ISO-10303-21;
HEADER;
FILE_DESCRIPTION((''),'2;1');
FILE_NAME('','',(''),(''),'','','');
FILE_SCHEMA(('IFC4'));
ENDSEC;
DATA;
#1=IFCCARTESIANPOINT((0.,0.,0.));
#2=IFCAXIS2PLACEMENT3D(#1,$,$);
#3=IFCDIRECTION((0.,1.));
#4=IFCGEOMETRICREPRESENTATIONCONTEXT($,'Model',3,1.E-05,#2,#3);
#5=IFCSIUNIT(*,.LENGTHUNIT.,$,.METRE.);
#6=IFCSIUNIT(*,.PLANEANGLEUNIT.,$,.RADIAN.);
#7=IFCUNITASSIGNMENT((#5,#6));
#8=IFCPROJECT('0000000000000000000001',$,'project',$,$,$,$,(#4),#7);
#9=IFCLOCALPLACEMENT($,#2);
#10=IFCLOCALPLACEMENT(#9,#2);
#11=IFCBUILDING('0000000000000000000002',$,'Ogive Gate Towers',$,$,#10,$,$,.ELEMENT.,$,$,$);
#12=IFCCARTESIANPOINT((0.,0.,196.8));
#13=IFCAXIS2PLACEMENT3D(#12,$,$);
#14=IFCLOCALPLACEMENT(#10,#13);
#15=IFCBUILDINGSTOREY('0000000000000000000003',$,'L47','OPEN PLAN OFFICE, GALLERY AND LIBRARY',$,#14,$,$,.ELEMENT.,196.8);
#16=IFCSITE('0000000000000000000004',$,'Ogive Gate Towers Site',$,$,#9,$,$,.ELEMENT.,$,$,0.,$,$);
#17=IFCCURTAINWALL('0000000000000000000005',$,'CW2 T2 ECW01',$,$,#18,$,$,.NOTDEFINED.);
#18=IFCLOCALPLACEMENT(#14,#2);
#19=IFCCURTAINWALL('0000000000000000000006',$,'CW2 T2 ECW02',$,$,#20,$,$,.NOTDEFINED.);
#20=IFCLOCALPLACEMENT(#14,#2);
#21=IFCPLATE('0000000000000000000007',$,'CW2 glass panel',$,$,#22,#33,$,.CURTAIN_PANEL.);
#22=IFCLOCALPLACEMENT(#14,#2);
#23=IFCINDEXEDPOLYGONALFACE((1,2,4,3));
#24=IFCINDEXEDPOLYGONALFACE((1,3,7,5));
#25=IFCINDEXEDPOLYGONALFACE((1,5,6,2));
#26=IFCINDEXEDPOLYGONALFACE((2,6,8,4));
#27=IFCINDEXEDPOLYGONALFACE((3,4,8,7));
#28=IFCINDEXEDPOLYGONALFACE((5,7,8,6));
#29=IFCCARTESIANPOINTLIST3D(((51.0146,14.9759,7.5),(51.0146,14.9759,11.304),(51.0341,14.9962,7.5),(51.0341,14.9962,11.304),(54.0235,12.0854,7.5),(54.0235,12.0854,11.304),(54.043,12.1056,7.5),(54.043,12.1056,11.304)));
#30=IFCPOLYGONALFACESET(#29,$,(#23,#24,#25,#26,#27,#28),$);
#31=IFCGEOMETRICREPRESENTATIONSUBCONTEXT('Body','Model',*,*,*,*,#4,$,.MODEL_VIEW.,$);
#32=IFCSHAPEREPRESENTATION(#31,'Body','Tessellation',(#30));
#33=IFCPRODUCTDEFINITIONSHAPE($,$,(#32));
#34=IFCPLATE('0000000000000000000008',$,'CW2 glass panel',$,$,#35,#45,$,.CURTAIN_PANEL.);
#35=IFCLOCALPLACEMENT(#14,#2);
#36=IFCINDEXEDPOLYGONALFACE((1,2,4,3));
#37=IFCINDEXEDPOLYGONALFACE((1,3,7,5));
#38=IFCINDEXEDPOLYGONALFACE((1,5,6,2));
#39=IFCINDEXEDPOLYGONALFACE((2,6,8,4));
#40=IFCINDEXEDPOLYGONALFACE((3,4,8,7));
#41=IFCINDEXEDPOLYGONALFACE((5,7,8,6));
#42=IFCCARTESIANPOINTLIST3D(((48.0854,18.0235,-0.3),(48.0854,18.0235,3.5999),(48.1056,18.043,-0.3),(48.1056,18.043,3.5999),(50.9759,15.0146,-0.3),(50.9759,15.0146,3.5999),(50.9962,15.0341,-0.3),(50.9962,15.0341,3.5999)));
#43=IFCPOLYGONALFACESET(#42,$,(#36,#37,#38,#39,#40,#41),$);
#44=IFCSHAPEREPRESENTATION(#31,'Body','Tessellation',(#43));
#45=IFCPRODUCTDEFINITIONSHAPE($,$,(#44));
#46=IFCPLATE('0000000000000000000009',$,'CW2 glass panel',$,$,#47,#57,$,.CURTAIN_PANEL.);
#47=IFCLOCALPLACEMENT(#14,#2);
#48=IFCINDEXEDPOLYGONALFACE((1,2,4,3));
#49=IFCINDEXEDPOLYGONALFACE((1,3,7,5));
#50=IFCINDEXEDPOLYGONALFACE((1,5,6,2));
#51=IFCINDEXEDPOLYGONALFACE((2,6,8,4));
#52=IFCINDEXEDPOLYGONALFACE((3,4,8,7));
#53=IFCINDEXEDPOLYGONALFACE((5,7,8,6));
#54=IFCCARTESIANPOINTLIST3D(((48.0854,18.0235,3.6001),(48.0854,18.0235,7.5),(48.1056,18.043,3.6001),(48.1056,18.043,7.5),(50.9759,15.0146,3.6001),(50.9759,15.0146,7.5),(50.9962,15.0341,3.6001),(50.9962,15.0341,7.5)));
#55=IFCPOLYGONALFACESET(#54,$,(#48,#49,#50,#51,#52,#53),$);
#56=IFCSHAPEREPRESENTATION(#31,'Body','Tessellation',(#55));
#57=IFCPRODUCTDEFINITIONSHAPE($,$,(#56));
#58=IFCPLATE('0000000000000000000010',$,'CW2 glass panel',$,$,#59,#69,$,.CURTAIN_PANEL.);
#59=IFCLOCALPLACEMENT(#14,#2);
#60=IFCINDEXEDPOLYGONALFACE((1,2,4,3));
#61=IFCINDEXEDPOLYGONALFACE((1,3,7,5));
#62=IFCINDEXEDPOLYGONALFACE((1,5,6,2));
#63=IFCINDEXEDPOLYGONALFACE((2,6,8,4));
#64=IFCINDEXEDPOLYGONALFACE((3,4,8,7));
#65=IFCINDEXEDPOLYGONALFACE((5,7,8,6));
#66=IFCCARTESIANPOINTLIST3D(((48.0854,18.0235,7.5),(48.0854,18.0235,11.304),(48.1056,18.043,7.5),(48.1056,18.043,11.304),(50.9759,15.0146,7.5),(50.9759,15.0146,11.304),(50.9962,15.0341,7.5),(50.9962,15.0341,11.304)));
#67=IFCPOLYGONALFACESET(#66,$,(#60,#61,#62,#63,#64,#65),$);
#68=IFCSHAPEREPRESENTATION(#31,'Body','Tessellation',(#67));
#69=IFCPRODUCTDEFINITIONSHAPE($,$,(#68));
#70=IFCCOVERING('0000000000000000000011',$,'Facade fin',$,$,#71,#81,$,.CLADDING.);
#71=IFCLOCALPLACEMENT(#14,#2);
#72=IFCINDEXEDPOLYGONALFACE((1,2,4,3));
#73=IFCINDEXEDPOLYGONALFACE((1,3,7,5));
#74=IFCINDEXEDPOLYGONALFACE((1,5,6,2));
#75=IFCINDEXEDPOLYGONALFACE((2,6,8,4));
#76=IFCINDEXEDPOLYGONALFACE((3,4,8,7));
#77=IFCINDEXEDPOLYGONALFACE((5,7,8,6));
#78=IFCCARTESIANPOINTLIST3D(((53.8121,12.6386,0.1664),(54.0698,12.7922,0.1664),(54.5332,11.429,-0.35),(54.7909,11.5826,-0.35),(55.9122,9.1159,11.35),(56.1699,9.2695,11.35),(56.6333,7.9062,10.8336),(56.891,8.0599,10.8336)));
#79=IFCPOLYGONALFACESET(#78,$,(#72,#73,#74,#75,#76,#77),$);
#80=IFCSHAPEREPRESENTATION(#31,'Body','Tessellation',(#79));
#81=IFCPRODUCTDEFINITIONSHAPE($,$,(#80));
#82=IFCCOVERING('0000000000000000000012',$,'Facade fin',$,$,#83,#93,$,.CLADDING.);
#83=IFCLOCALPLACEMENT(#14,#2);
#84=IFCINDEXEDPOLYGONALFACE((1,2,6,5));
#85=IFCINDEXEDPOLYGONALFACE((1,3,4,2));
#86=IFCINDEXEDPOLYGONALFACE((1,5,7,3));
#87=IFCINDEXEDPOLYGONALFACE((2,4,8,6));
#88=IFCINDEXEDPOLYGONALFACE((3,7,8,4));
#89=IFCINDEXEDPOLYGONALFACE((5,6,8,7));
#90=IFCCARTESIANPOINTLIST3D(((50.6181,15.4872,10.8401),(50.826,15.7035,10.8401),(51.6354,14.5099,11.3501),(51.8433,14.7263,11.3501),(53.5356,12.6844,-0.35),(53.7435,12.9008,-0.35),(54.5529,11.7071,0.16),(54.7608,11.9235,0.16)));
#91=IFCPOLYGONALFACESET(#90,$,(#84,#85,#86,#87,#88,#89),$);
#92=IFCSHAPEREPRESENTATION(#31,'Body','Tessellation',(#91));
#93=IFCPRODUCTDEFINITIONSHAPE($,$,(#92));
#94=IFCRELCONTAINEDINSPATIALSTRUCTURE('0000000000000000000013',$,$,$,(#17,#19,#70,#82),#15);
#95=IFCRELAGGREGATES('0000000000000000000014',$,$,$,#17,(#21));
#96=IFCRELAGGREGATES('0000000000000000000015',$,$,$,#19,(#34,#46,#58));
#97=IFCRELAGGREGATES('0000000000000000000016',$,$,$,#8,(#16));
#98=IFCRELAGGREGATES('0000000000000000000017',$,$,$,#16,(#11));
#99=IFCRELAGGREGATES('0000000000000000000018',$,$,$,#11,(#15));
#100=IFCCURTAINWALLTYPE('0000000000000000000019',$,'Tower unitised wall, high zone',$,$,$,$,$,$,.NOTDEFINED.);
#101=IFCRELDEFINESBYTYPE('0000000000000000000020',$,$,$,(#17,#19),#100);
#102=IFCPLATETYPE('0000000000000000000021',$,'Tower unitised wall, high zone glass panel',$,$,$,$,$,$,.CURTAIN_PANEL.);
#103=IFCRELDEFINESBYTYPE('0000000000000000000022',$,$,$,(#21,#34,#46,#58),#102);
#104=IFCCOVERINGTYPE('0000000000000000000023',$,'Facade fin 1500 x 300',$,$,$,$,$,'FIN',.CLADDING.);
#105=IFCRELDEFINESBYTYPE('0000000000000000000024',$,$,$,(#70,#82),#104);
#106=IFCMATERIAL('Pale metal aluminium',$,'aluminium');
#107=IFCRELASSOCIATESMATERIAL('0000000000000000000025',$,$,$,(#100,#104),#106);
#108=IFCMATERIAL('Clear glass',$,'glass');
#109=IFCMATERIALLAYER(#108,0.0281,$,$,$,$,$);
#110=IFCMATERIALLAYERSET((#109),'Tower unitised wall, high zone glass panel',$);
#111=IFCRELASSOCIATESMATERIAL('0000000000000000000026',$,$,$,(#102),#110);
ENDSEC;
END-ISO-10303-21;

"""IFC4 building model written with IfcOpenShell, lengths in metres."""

from ifc_helpers import new_model, si_unit, direction, frame, origin, origin_2d, place, context, subcontext, project, spatial, rectangle, extrude, material, layer, layer_set, material_profile, profile_set, type_object, element, aggregate, save


model = new_model("IFC4")

# Units and contexts
model_context = context("Model", 3, precision=1e-05, world=origin(), true_north=direction((0.0, 1.0)))
body_context = subcontext(model_context, "Body", "Model", "MODEL_VIEW")
ifc_project = project(units=[si_unit("LENGTHUNIT", "METRE"), si_unit("PLANEANGLEUNIT", "RADIAN")], contexts=[model_context])

# Site, building, storey
site_placement = place(None, origin())
site = spatial("IfcSite", under=ifc_project, at=site_placement, Name="Ogive Gate Towers Site", CompositionType="ELEMENT", RefElevation=0.0)
building_placement = place(site_placement, origin())
building = spatial("IfcBuilding", under=site, at=building_placement, Name="Ogive Gate Towers", CompositionType="ELEMENT")
storey_placement = place(building_placement, frame((0.0, 0.0, 196.8)))
storey = spatial("IfcBuildingStorey", under=building, at=storey_placement, Name="L47", Description="OPEN PLAN OFFICE, GALLERY AND LIBRARY", CompositionType="ELEMENT", Elevation=196.8)

# Curtain wall
ifc_material_1 = material(Name="Pale metal aluminium", Category="aluminium")
curtain_wall_type = type_object("IfcCurtainWallType", Name="Tower unitised wall, high zone", PredefinedType="NOTDEFINED", material=ifc_material_1)
curtain_wall_1_placement = place(storey_placement, origin())
curtain_wall_1 = element("IfcCurtainWall", 1, at=curtain_wall_1_placement, inside=storey, type_object=curtain_wall_type, Name="CW2 T2 ECW01", PredefinedType="NOTDEFINED")

# Curtain wall
curtain_wall_2_placement = place(storey_placement, origin())
curtain_wall_2 = element("IfcCurtainWall", 2, at=curtain_wall_2_placement, inside=storey, type_object=curtain_wall_type, Name="CW2 T2 ECW02", PredefinedType="NOTDEFINED")

# Plates
ifc_material_2 = material(Name="Clear glass", Category="glass")
ifc_layer = layer(ifc_material_2, 0.0281)
ifc_layer_set = layer_set([ifc_layer], Name="Tower unitised wall, high zone glass panel")
plate_type = type_object("IfcPlateType", Name="Tower unitised wall, high zone glass panel", PredefinedType="CURTAIN_PANEL", material=ifc_layer_set)
plate_1_placement = place(storey_placement, frame((52.5288, 13.5408, 7.5), z_axis=(0.0, 0.0, 1.0), x_axis=(-0.721144, 0.692785, 0.0)))
plate_1 = element("IfcPlate", 3, at=plate_1_placement, type_object=plate_type, Name="CW2 glass panel", PredefinedType="CURTAIN_PANEL", context=body_context, shape_type="SweptSolid", body=[
    extrude(rectangle(XDim=4.1724, YDim=0.0281, at=origin_2d()), origin(), (0.0, 0.0, 1.0), 3.804),
])
aggregate(curtain_wall_1, [plate_1])
plate_2_placement = place(storey_placement, frame((49.5408, 16.5288, -0.3), z_axis=(0.0, 0.0, 1.0), x_axis=(-0.692785, 0.721144, 0.0)))
plate_2 = element("IfcPlate", 4, at=plate_2_placement, type_object=plate_type, Name="CW2 glass panel", PredefinedType="CURTAIN_PANEL", context=body_context, shape_type="SweptSolid", body=[
    extrude(rectangle(XDim=4.1724, YDim=0.0281, at=origin_2d()), origin(), (0.0, 0.0, 1.0), 3.8999),
])
plate_3_placement = place(storey_placement, frame((49.5408, 16.5288, 3.6001), z_axis=(0.0, 0.0, 1.0), x_axis=(-0.692785, 0.721144, 0.0)))
plate_3 = element("IfcPlate", 5, at=plate_3_placement, type_object=plate_type, Name="CW2 glass panel", PredefinedType="CURTAIN_PANEL", context=body_context, shape_type="SweptSolid", body=[
    extrude(rectangle(XDim=4.1724, YDim=0.0281, at=origin_2d()), origin(), (0.0, 0.0, 1.0), 3.8999),
])
plate_4_placement = place(storey_placement, frame((49.5408, 16.5288, 7.5), z_axis=(0.0, 0.0, 1.0), x_axis=(-0.692785, 0.721144, 0.0)))
plate_4 = element("IfcPlate", 6, at=plate_4_placement, type_object=plate_type, Name="CW2 glass panel", PredefinedType="CURTAIN_PANEL", context=body_context, shape_type="SweptSolid", body=[
    extrude(rectangle(XDim=4.1724, YDim=0.0281, at=origin_2d()), origin(), (0.0, 0.0, 1.0), 3.804),
])
aggregate(curtain_wall_2, [plate_2, plate_3, plate_4])

# Coverings
ifc_material_profile_1 = material_profile(ifc_material_1, rectangle(XDim=0.3, YDim=1.5, at=origin_2d()), Name="1500 x 300 pale metal aluminium")
ifc_profile_set_1 = profile_set([ifc_material_profile_1], Name="Pale metal aluminium")
covering_type = type_object("IfcCoveringType", Name="Facade fin 1500 x 300", ElementType="FIN", PredefinedType="CLADDING", material=ifc_profile_set_1)
covering_1_placement = place(storey_placement, frame((54.3015, 12.1106, -0.0918), z_axis=(0.176303, -0.295731, 0.938861), x_axis=(0.858944, 0.512069, 0.0)))
element("IfcCovering", 7, at=covering_1_placement, inside=storey, type_object=covering_type, Name="Facade fin", PredefinedType="CLADDING", context=body_context, shape_type="SweptSolid", body=[
    extrude(rectangle(XDim=0.3, YDim=1.5, at=origin_2d()), origin(), (0.0, 0.0, 1.0), 11.9119),
])
covering_2_placement = place(storey_placement, frame((54.1482, 12.304, -0.095), z_axis=(-0.245191, 0.235547, 0.940425), x_axis=(-0.692783, -0.721146, 0.0)))
element("IfcCovering", 8, at=covering_2_placement, inside=storey, type_object=covering_type, Name="Facade fin", PredefinedType="CLADDING", context=body_context, shape_type="SweptSolid", body=[
    extrude(rectangle(XDim=0.3, YDim=1.5, at=origin_2d()), origin(), (0.0, 0.0, 1.0), 11.8989),
])

save(model, "model.ifc")
